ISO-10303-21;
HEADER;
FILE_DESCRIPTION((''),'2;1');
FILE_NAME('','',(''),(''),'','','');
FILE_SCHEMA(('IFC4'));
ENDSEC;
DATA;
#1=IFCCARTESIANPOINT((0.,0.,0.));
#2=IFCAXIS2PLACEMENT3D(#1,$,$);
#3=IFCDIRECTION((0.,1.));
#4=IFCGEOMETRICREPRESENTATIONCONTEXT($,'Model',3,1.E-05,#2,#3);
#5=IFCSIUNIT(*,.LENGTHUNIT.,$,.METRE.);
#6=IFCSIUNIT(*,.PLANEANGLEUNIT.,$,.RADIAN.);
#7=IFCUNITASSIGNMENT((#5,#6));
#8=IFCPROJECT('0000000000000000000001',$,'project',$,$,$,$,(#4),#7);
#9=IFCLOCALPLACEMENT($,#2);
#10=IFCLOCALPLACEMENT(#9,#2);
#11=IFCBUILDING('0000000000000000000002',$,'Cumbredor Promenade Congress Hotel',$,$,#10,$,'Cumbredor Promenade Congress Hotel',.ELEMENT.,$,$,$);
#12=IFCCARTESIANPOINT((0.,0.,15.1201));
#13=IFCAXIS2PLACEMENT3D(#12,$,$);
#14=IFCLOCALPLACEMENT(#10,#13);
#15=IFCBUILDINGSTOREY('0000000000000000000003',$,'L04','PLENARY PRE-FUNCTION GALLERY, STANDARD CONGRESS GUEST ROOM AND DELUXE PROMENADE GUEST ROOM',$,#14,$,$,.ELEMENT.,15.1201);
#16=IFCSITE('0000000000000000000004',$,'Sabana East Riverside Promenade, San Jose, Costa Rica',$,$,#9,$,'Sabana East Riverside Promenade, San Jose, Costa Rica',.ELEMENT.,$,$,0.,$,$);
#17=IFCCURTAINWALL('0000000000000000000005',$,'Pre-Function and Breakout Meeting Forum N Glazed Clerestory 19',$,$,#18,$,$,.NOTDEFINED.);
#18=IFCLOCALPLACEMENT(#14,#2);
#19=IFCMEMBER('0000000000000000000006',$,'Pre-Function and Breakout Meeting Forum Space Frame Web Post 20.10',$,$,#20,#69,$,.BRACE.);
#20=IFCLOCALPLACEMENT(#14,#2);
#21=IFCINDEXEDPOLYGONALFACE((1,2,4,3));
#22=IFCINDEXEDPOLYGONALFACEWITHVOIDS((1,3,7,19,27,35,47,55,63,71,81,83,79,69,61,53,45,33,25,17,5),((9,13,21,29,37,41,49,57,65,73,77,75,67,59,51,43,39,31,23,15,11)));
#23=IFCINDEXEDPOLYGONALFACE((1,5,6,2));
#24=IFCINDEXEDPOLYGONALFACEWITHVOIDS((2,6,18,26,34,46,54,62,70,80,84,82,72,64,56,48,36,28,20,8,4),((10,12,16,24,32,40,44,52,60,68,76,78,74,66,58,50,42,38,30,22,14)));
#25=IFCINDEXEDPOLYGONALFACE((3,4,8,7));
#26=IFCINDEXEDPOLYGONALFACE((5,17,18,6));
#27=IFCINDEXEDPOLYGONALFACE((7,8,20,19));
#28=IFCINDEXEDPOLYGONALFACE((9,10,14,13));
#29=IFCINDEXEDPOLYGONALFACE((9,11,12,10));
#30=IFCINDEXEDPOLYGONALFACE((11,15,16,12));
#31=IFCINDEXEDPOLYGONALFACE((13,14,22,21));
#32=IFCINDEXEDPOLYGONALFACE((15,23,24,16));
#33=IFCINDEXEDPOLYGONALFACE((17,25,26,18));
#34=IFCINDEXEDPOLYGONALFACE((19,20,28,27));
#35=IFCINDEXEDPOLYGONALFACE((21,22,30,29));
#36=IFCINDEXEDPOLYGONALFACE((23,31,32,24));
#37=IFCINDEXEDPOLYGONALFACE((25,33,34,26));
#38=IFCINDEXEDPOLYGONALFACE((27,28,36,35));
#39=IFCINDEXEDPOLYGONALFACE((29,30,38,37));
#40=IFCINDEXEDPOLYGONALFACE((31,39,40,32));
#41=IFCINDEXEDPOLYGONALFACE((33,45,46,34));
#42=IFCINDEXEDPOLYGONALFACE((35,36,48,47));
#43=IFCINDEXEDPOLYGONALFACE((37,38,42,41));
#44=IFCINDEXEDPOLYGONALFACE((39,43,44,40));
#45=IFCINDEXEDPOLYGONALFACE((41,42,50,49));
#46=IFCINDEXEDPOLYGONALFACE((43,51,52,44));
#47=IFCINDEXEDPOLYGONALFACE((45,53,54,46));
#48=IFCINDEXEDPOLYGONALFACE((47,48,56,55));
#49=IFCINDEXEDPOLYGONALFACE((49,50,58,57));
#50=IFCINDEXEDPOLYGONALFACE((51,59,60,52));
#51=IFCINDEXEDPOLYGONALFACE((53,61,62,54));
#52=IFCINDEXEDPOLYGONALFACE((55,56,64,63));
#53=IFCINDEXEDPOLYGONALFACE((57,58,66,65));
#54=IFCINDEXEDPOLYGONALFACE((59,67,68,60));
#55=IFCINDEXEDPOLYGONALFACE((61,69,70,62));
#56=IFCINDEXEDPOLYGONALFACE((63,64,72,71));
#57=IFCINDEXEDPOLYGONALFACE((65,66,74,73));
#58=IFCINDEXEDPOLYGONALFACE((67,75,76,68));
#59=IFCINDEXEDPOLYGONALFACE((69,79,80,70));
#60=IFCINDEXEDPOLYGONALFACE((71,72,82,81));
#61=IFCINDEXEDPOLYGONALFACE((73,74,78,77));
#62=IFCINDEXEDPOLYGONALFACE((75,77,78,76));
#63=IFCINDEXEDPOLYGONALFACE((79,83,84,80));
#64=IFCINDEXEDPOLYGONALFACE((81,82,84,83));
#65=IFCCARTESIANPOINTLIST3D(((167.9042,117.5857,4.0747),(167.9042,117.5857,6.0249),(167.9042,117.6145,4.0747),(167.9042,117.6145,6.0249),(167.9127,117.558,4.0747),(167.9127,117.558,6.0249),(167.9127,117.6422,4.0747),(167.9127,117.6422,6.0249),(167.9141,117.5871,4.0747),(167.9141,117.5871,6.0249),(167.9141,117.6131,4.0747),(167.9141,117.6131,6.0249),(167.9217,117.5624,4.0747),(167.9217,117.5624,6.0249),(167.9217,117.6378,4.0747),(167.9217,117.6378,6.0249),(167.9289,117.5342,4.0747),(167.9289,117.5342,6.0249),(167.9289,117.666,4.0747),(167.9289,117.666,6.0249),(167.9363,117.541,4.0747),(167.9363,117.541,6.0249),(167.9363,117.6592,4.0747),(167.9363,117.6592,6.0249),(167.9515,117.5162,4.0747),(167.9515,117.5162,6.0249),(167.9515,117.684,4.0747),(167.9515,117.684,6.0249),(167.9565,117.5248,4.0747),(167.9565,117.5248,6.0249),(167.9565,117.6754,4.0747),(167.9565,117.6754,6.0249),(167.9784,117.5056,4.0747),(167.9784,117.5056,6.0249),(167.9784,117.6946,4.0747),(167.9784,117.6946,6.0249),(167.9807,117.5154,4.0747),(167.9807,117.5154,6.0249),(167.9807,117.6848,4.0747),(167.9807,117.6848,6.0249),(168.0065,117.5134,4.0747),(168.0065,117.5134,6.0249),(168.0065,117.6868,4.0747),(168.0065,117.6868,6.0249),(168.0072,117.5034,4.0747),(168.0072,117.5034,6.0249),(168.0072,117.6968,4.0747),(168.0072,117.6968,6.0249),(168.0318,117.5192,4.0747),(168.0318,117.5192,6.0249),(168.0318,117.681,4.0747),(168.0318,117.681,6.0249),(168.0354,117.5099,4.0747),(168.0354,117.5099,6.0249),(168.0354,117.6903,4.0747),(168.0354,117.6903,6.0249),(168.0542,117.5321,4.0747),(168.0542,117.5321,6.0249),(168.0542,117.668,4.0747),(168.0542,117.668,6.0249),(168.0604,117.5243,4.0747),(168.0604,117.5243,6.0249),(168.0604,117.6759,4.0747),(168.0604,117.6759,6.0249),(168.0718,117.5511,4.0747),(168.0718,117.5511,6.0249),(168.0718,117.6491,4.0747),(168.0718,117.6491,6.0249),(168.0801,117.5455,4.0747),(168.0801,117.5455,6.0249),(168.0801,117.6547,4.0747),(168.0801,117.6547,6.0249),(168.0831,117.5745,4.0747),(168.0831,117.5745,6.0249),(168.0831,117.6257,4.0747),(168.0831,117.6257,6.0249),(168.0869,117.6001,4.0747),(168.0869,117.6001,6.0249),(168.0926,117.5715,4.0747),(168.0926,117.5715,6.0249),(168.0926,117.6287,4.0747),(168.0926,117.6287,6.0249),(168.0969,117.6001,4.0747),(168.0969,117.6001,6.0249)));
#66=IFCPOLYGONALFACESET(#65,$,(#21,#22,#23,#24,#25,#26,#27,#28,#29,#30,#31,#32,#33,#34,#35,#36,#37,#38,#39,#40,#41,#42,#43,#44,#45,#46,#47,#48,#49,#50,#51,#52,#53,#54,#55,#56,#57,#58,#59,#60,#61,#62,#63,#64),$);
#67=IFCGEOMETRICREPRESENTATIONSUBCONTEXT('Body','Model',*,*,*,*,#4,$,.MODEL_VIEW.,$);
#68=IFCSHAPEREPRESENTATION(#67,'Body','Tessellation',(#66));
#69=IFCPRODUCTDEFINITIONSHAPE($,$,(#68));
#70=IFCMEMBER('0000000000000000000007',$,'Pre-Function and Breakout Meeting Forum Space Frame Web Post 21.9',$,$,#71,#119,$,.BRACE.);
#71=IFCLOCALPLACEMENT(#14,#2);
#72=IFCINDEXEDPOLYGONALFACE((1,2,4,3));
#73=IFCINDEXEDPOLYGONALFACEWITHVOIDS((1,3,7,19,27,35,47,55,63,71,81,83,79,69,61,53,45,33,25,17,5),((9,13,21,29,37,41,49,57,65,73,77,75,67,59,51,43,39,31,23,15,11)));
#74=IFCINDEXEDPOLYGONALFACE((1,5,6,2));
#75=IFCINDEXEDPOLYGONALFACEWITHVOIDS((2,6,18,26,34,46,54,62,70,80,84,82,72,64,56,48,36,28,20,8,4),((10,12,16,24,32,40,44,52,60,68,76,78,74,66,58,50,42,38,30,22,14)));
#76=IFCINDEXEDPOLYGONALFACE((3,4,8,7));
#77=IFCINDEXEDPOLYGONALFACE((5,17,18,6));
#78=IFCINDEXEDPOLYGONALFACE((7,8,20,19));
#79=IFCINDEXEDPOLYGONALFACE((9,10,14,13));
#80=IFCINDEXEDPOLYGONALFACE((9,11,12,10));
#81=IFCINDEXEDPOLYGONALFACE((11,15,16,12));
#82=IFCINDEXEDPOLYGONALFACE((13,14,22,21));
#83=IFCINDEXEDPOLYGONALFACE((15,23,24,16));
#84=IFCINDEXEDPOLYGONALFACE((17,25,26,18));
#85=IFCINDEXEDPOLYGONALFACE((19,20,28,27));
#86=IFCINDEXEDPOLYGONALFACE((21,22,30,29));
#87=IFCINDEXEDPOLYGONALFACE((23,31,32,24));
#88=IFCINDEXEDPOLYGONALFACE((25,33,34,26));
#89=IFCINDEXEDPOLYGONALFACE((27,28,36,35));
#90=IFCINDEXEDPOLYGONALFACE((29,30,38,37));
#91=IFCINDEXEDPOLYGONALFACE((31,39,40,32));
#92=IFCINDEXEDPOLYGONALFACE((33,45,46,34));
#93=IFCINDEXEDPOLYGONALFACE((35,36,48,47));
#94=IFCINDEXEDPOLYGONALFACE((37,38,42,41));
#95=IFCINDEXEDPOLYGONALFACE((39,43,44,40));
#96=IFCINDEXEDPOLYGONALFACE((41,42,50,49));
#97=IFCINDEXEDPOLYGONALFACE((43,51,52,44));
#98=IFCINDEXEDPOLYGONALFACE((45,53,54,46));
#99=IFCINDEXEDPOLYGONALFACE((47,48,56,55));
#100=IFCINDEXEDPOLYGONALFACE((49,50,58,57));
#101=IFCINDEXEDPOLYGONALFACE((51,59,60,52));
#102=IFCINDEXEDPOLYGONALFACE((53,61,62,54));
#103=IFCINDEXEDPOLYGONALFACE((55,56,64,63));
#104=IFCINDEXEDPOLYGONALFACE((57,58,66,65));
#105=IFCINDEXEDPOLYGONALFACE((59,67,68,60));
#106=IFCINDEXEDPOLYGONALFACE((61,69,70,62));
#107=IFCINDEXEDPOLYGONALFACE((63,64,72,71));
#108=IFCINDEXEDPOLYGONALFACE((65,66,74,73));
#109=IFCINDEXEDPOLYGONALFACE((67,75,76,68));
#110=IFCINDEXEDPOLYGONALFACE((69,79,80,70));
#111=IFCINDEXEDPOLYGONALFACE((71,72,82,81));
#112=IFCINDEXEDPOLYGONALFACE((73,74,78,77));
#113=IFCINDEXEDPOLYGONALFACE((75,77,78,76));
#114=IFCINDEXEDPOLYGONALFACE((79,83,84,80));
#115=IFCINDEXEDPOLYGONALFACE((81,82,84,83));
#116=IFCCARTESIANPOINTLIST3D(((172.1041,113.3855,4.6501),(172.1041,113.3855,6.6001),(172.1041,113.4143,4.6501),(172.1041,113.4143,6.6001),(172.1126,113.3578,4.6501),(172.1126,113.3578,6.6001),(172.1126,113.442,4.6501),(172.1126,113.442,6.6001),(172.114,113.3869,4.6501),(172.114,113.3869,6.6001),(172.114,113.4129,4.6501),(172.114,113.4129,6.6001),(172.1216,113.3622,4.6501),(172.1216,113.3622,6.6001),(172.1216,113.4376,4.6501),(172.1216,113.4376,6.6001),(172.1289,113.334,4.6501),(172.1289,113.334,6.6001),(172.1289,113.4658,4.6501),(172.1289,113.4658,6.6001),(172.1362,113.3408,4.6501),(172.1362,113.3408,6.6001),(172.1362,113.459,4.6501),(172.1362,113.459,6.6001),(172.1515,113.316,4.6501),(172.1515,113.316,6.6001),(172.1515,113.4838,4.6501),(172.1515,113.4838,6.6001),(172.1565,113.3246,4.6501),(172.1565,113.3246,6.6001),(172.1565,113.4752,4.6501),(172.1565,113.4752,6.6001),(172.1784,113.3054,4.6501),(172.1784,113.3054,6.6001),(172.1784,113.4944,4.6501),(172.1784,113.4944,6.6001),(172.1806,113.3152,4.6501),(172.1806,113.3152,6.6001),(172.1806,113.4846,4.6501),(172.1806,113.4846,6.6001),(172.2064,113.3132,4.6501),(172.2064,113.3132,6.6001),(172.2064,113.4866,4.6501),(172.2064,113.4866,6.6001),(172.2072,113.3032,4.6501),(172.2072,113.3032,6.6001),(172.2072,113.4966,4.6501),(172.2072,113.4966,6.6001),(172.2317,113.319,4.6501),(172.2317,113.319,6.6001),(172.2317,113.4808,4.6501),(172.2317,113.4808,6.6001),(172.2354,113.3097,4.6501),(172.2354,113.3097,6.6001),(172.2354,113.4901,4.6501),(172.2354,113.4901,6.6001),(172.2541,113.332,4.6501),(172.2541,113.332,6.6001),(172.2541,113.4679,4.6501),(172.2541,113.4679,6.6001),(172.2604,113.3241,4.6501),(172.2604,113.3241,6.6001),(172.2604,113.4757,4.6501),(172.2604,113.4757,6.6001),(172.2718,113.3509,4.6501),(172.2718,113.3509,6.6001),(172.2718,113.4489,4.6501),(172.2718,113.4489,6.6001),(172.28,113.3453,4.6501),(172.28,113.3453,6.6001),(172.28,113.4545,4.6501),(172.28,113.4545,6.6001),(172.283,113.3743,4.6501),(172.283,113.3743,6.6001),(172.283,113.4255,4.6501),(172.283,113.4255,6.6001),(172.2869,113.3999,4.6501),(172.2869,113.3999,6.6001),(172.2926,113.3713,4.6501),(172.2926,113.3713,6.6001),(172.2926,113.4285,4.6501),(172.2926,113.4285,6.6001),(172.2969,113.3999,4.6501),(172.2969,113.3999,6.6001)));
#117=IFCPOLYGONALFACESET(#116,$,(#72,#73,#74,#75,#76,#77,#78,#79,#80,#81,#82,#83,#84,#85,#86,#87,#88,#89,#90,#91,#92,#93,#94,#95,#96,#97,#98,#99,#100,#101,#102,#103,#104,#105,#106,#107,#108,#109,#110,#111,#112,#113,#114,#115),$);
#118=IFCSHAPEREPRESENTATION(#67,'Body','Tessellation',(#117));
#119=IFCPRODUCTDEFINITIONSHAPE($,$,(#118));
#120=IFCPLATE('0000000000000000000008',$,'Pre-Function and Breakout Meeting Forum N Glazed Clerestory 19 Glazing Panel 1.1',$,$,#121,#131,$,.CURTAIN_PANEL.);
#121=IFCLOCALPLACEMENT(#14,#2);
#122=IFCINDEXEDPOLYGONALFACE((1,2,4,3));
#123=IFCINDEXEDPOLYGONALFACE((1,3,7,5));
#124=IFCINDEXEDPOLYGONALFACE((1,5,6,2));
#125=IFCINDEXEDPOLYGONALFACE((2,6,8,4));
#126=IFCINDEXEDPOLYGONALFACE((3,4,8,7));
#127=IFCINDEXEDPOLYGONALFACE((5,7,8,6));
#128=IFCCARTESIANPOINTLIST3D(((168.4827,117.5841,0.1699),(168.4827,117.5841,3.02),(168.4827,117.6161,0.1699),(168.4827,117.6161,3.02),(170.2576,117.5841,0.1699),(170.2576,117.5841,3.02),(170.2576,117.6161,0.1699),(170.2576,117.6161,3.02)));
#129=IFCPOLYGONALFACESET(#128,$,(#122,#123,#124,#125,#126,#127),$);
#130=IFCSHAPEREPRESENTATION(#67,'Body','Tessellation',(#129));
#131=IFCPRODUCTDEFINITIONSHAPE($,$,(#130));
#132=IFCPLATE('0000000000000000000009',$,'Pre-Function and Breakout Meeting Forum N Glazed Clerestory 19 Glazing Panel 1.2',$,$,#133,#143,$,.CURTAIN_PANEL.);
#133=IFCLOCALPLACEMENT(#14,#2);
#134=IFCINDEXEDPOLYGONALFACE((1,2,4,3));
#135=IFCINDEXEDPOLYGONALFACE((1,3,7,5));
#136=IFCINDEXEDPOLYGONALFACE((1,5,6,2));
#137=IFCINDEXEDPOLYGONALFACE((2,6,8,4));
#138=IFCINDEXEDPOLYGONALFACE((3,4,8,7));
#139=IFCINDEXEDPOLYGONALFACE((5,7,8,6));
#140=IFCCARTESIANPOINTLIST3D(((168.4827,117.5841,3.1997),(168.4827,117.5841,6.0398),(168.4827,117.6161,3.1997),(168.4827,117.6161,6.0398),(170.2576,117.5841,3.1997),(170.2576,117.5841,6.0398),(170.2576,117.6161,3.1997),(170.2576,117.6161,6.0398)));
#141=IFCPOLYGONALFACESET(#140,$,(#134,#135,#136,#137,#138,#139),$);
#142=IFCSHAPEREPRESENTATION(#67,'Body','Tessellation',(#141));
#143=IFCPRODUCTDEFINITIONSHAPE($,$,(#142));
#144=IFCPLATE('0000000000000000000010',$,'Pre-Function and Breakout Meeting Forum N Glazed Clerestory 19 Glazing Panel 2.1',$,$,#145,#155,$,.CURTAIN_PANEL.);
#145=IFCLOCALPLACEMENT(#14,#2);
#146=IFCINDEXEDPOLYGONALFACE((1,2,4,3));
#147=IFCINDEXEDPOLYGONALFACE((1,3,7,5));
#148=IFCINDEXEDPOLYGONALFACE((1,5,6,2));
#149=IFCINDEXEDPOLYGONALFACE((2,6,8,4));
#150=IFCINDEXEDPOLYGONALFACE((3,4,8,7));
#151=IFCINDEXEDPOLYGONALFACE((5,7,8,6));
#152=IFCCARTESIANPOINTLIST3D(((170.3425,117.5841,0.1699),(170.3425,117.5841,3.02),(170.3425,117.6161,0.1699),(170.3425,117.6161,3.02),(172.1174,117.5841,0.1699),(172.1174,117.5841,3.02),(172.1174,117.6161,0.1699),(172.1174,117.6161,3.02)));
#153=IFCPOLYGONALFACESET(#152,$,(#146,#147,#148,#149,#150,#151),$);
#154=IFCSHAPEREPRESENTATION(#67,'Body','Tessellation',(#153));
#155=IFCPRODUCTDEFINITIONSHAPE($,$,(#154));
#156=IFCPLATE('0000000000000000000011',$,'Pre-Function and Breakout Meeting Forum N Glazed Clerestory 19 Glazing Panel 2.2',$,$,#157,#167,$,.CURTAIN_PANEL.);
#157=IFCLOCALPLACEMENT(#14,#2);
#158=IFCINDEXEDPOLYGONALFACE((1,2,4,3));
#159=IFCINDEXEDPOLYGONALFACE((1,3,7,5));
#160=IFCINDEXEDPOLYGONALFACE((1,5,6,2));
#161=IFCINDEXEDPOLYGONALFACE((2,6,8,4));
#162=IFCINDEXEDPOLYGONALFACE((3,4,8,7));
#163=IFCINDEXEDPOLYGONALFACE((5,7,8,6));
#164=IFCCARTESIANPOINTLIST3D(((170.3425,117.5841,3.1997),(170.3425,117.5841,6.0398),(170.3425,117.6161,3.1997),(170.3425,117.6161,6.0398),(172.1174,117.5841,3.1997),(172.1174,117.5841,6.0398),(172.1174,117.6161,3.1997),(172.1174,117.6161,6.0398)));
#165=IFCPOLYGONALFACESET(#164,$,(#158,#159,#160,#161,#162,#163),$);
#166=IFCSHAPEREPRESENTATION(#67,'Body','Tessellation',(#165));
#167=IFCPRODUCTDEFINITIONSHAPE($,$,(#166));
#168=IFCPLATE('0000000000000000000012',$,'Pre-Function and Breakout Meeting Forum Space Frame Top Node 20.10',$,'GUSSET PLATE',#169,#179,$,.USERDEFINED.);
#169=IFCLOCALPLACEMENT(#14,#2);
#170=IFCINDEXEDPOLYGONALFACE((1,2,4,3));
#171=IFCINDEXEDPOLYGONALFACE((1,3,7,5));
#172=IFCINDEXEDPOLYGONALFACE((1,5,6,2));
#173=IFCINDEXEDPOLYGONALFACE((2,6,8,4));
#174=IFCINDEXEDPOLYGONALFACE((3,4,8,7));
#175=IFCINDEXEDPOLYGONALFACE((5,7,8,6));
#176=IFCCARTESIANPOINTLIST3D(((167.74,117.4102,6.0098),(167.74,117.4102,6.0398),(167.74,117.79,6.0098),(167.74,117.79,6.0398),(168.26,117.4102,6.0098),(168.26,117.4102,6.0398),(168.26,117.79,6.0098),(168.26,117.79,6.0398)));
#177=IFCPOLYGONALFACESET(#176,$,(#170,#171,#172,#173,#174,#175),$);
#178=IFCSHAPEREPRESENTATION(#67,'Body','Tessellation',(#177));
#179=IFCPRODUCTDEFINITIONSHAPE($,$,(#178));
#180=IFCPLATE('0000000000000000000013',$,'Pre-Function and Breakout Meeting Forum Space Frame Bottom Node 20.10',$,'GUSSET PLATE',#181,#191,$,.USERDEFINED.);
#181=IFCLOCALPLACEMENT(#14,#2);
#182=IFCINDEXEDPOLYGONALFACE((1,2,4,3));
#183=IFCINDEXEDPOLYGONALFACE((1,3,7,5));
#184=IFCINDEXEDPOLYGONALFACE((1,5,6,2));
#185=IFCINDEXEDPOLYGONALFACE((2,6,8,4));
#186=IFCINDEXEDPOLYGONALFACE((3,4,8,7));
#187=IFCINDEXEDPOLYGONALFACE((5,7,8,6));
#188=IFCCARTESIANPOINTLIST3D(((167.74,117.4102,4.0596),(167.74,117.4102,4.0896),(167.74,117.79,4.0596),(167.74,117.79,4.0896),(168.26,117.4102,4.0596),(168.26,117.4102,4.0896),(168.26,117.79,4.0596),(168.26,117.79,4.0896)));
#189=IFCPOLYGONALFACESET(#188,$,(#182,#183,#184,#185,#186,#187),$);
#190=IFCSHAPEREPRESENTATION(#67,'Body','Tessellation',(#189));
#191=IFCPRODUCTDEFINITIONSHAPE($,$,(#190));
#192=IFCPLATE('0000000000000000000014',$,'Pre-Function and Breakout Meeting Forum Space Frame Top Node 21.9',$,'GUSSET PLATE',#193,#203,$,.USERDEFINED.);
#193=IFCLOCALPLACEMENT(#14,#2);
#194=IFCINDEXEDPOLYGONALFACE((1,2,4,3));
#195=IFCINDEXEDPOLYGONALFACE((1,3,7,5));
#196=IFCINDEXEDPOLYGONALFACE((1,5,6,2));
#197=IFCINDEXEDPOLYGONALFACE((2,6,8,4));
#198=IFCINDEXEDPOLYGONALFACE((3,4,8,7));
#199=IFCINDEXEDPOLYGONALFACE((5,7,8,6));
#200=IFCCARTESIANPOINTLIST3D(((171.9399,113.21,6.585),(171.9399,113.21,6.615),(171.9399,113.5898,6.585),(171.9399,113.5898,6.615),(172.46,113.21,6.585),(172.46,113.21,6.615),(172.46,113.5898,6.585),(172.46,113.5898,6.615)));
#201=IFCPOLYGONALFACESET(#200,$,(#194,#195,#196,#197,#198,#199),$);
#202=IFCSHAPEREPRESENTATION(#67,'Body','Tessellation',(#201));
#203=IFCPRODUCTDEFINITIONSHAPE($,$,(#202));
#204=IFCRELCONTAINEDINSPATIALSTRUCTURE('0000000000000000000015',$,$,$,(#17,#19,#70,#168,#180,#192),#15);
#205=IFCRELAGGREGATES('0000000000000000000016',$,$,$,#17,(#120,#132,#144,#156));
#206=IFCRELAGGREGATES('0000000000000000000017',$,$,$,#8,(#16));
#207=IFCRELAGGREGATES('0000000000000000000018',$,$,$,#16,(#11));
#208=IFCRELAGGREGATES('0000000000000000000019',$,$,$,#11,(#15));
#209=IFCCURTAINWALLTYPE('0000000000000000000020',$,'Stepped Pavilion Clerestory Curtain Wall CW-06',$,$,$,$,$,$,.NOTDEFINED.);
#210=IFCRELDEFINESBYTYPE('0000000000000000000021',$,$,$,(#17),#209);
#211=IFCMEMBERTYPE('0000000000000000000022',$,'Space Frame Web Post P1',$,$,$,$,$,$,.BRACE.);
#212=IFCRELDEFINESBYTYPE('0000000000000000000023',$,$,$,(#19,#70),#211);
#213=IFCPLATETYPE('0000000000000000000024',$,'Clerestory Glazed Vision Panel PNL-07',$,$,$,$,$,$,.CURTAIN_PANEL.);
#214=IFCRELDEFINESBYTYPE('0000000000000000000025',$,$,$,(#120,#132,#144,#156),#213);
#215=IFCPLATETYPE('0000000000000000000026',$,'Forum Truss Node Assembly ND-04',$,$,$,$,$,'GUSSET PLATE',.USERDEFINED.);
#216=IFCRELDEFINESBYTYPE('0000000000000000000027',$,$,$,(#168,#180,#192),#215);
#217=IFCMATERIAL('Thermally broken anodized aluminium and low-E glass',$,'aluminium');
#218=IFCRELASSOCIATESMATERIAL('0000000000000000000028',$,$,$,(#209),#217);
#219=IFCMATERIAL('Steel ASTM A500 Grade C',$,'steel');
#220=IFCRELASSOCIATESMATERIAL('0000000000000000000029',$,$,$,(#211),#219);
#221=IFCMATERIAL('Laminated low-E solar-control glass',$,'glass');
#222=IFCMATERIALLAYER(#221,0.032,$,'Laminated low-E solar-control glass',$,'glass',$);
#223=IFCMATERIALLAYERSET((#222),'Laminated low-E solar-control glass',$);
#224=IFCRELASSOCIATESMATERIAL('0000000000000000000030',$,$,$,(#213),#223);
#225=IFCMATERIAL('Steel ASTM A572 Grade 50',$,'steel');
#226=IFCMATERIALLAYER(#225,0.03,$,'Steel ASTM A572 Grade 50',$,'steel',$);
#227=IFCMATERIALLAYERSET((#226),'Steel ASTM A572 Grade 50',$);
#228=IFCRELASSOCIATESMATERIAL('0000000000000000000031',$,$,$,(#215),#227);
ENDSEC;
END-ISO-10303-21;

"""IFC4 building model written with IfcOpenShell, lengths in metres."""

from ifc_helpers import new_model, si_unit, direction, frame, origin, origin_2d, place, context, subcontext, project, spatial, rectangle, hollow_circle, extrude, material, layer, layer_set, material_profile, profile_set, type_object, element, aggregate, save


model = new_model("IFC4")

# Units and contexts
model_context = context("Model", 3, precision=1e-05, world=origin(), true_north=direction((0.0, 1.0)))
body_context = subcontext(model_context, "Body", "Model", "MODEL_VIEW")
ifc_project = project(units=[si_unit("LENGTHUNIT", "METRE"), si_unit("PLANEANGLEUNIT", "RADIAN")], contexts=[model_context])

# Site, building, storey
site_placement = place(None, origin())
site = spatial("IfcSite", under=ifc_project, at=site_placement, Name="Sabana East Riverside Promenade, San Jose, Costa Rica", LongName="Sabana East Riverside Promenade, San Jose, Costa Rica", CompositionType="ELEMENT", RefElevation=0.0)
building_placement = place(site_placement, origin())
building = spatial("IfcBuilding", under=site, at=building_placement, Name="Cumbredor Promenade Congress Hotel", LongName="Cumbredor Promenade Congress Hotel", CompositionType="ELEMENT")
storey_placement = place(building_placement, frame((0.0, 0.0, 15.1201)))
storey = spatial("IfcBuildingStorey", under=building, at=storey_placement, Name="L04", Description="PLENARY PRE-FUNCTION GALLERY, STANDARD CONGRESS GUEST ROOM AND DELUXE PROMENADE GUEST ROOM", CompositionType="ELEMENT", Elevation=15.1201)

# Curtain wall
ifc_material_1 = material(Name="Thermally broken anodized aluminium and low-E glass", Category="aluminium")
curtain_wall_type = type_object("IfcCurtainWallType", Name="Stepped Pavilion Clerestory Curtain Wall CW-06", PredefinedType="NOTDEFINED", material=ifc_material_1)
curtain_wall_placement = place(storey_placement, origin())
curtain_wall = element("IfcCurtainWall", 1, at=curtain_wall_placement, inside=storey, type_object=curtain_wall_type, Name="Pre-Function and Breakout Meeting Forum N Glazed Clerestory 19", PredefinedType="NOTDEFINED")

# Members
ifc_material_2 = material(Name="Steel ASTM A500 Grade C", Category="steel")
ifc_material_profile_1 = material_profile(ifc_material_2, hollow_circle(Radius=0.0969, WallThickness=0.01, at=origin_2d()), Name="CHS 193.7x10")
ifc_profile_set_1 = profile_set([ifc_material_profile_1], Name="Steel ASTM A500 Grade C")
member_type_1 = type_object("IfcMemberType", Name="Space Frame Web Post P1", PredefinedType="BRACE", material=ifc_profile_set_1)
member_1_placement = place(storey_placement, frame((168.0, 117.6001, 4.0747), z_axis=(0.0, 0.0, 1.0), x_axis=(1.0, 0.0, 0.0)))
element("IfcMember", 2, at=member_1_placement, inside=storey, type_object=member_type_1, Name="Pre-Function and Breakout Meeting Forum Space Frame Web Post 20.10", PredefinedType="BRACE", context=body_context, shape_type="SweptSolid", body=[
    extrude(hollow_circle(Radius=0.0969, WallThickness=0.01, at=origin_2d()), origin(), (0.0, 0.0, 1.0), 1.9502),
])
member_2_placement = place(storey_placement, frame((172.2, 113.3999, 4.6501), z_axis=(0.0, 0.0, 1.0), x_axis=(1.0, 0.0, 0.0)))
element("IfcMember", 3, at=member_2_placement, inside=storey, type_object=member_type_1, Name="Pre-Function and Breakout Meeting Forum Space Frame Web Post 21.9", PredefinedType="BRACE", context=body_context, shape_type="SweptSolid", body=[
    extrude(hollow_circle(Radius=0.0969, WallThickness=0.01, at=origin_2d()), origin(), (0.0, 0.0, 1.0), 1.95),
])

# Plates
ifc_material_3 = material(Name="Laminated low-E solar-control glass", Category="glass")
ifc_layer_1 = layer(ifc_material_3, 0.032, Name="Laminated low-E solar-control glass", Category="glass")
ifc_layer_set_1 = layer_set([ifc_layer_1], Name="Laminated low-E solar-control glass")
plate_type_1 = type_object("IfcPlateType", Name="Clerestory Glazed Vision Panel PNL-07", PredefinedType="CURTAIN_PANEL", material=ifc_layer_set_1)
plate_1_placement = place(storey_placement, frame((169.3701, 117.6001, 0.1699), z_axis=(0.0, 0.0, 1.0), x_axis=(1.0, 0.0, 0.0)))
plate_1 = element("IfcPlate", 4, at=plate_1_placement, type_object=plate_type_1, Name="Pre-Function and Breakout Meeting Forum N Glazed Clerestory 19 Glazing Panel 1.1", PredefinedType="CURTAIN_PANEL", context=body_context, shape_type="SweptSolid", body=[
    extrude(rectangle(XDim=1.7749, YDim=0.032, at=origin_2d()), origin(), (0.0, 0.0, 1.0), 2.8501),
])
plate_2_placement = place(storey_placement, frame((169.3701, 117.6001, 3.1997), z_axis=(0.0, 0.0, 1.0), x_axis=(1.0, 0.0, 0.0)))
plate_2 = element("IfcPlate", 5, at=plate_2_placement, type_object=plate_type_1, Name="Pre-Function and Breakout Meeting Forum N Glazed Clerestory 19 Glazing Panel 1.2", PredefinedType="CURTAIN_PANEL", context=body_context, shape_type="SweptSolid", body=[
    extrude(rectangle(XDim=1.7749, YDim=0.032, at=origin_2d()), origin(), (0.0, 0.0, 1.0), 2.8401),
])
plate_3_placement = place(storey_placement, frame((171.23, 117.6001, 0.1699), z_axis=(0.0, 0.0, 1.0), x_axis=(1.0, 0.0, 0.0)))
plate_3 = element("IfcPlate", 6, at=plate_3_placement, type_object=plate_type_1, Name="Pre-Function and Breakout Meeting Forum N Glazed Clerestory 19 Glazing Panel 2.1", PredefinedType="CURTAIN_PANEL", context=body_context, shape_type="SweptSolid", body=[
    extrude(rectangle(XDim=1.7749, YDim=0.032, at=origin_2d()), origin(), (0.0, 0.0, 1.0), 2.8501),
])
plate_4_placement = place(storey_placement, frame((171.23, 117.6001, 3.1997), z_axis=(0.0, 0.0, 1.0), x_axis=(1.0, 0.0, 0.0)))
plate_4 = element("IfcPlate", 7, at=plate_4_placement, type_object=plate_type_1, Name="Pre-Function and Breakout Meeting Forum N Glazed Clerestory 19 Glazing Panel 2.2", PredefinedType="CURTAIN_PANEL", context=body_context, shape_type="SweptSolid", body=[
    extrude(rectangle(XDim=1.7749, YDim=0.032, at=origin_2d()), origin(), (0.0, 0.0, 1.0), 2.8401),
])
aggregate(curtain_wall, [plate_1, plate_2, plate_3, plate_4])

# Plates
ifc_material_4 = material(Name="Steel ASTM A572 Grade 50", Category="steel")
ifc_layer_2 = layer(ifc_material_4, 0.03, Name="Steel ASTM A572 Grade 50", Category="steel")
ifc_layer_set_2 = layer_set([ifc_layer_2], Name="Steel ASTM A572 Grade 50")
plate_type_2 = type_object("IfcPlateType", Name="Forum Truss Node Assembly ND-04", ElementType="GUSSET PLATE", PredefinedType="USERDEFINED", material=ifc_layer_set_2)
for number, where, z_axis, x_axis, name in (
    (8, (168.0, 117.6001, 6.0098), (0.0, 0.0, 1.0), (1.0, 0.0, 0.0), "Pre-Function and Breakout Meeting Forum Space Frame Top Node 20.10"),
    (9, (168.0, 117.6001, 4.0596), (0.0, 0.0, 1.0), (1.0, 0.0, 0.0), "Pre-Function and Breakout Meeting Forum Space Frame Bottom Node 20.10"),
    (10, (172.2, 113.3999, 6.585), (0.0, 0.0, 1.0), (1.0, 0.0, 0.0), "Pre-Function and Breakout Meeting Forum Space Frame Top Node 21.9"),
):
    element("IfcPlate", number, at=place(storey_placement, frame(where, z_axis=z_axis, x_axis=x_axis)), inside=storey, type_object=plate_type_2, Name=name, ObjectType="GUSSET PLATE", PredefinedType="USERDEFINED", context=body_context, shape_type="SweptSolid", body=[
        extrude(rectangle(XDim=0.52, YDim=0.3799, at=origin_2d()), origin(), (0.0, 0.0, 1.0), 0.03),
    ])

save(model, "model.ifc")
